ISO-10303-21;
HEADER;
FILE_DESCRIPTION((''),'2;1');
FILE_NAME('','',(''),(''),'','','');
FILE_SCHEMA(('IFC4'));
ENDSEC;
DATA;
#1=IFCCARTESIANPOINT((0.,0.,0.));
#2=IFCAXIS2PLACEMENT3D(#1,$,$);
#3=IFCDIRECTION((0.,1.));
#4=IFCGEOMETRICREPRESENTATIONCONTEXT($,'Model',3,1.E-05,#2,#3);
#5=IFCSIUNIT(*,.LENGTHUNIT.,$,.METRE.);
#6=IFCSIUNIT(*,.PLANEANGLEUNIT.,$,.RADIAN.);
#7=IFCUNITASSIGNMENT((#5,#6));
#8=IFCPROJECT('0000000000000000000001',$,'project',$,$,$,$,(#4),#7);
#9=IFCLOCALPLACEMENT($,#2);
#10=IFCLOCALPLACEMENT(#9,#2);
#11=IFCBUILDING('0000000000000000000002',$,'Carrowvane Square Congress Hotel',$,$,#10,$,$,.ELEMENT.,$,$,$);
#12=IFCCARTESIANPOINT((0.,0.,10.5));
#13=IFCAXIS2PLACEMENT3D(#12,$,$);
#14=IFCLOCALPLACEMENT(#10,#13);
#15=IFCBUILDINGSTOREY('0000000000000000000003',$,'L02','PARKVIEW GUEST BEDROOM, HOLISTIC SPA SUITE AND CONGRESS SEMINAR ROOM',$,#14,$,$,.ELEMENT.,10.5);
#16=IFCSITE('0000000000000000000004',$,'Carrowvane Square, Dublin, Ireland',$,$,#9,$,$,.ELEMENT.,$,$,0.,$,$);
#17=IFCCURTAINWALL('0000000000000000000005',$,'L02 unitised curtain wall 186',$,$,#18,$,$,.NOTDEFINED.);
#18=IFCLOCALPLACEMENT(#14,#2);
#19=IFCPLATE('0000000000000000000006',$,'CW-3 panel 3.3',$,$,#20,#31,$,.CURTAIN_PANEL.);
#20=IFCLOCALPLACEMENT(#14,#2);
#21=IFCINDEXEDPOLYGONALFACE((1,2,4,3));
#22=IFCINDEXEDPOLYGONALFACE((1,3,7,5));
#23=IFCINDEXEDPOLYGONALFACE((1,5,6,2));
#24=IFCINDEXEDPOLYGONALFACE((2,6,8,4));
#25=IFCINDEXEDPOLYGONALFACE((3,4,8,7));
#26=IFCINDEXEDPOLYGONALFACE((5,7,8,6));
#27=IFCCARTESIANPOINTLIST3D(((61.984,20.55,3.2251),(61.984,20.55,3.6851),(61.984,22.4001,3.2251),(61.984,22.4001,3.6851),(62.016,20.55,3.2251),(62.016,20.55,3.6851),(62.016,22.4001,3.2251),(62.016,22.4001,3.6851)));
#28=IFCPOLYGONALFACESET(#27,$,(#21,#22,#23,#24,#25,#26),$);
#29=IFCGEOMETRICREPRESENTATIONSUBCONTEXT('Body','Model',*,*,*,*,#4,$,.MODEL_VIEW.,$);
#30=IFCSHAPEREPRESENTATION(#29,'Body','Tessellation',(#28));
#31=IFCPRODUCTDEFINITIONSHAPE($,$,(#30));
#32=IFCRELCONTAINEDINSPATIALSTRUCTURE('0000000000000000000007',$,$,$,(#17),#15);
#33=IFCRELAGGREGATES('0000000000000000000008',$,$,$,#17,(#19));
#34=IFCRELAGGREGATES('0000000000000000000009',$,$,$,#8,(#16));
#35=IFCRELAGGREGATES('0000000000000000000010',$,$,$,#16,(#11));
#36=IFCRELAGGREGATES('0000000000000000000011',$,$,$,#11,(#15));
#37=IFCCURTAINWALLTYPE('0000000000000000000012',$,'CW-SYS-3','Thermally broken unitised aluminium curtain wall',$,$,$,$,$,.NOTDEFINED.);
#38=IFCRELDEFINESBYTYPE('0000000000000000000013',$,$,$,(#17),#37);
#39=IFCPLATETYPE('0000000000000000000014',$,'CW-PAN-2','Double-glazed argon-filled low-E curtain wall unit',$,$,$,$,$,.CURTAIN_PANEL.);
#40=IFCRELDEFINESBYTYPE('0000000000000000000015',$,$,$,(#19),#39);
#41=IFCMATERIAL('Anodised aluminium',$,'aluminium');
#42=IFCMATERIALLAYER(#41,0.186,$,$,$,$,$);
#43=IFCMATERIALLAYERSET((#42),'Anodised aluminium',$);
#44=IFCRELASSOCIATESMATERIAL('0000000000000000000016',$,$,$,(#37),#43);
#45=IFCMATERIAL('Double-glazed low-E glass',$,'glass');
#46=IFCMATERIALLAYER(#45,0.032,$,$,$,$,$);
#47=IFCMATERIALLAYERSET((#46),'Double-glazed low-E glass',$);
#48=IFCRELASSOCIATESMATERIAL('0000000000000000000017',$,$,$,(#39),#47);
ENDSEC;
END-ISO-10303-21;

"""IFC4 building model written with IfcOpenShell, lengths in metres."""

from ifc_helpers import new_model, si_unit, direction, frame, origin, origin_2d, place, context, subcontext, project, spatial, rectangle, extrude, material, layer, layer_set, type_object, element, aggregate, save


model = new_model("IFC4")

# Units and contexts
model_context = context("Model", 3, precision=1e-05, world=origin(), true_north=direction((0.0, 1.0)))
body_context = subcontext(model_context, "Body", "Model", "MODEL_VIEW")
ifc_project = project(units=[si_unit("LENGTHUNIT", "METRE"), si_unit("PLANEANGLEUNIT", "RADIAN")], contexts=[model_context])

# Site, building, storey
site_placement = place(None, origin())
site = spatial("IfcSite", under=ifc_project, at=site_placement, Name="Carrowvane Square, Dublin, Ireland", CompositionType="ELEMENT", RefElevation=0.0)
building_placement = place(site_placement, origin())
building = spatial("IfcBuilding", under=site, at=building_placement, Name="Carrowvane Square Congress Hotel", CompositionType="ELEMENT")
storey_placement = place(building_placement, frame((0.0, 0.0, 10.5)))
storey = spatial("IfcBuildingStorey", under=building, at=storey_placement, Name="L02", Description="PARKVIEW GUEST BEDROOM, HOLISTIC SPA SUITE AND CONGRESS SEMINAR ROOM", CompositionType="ELEMENT", Elevation=10.5)

# Curtain wall, plate
ifc_material_1 = material(Name="Anodised aluminium", Category="aluminium")
ifc_layer_1 = layer(ifc_material_1, 0.186)
ifc_layer_set_1 = layer_set([ifc_layer_1], Name="Anodised aluminium")
curtain_wall_type = type_object("IfcCurtainWallType", Name="CW-SYS-3", Description="Thermally broken unitised aluminium curtain wall", PredefinedType="NOTDEFINED", material=ifc_layer_set_1)
curtain_wall_placement = place(storey_placement, origin())
curtain_wall = element("IfcCurtainWall", 1, at=curtain_wall_placement, inside=storey, type_object=curtain_wall_type, Name="L02 unitised curtain wall 186", PredefinedType="NOTDEFINED")
ifc_material_2 = material(Name="Double-glazed low-E glass", Category="glass")
ifc_layer_2 = layer(ifc_material_2, 0.032)
ifc_layer_set_2 = layer_set([ifc_layer_2], Name="Double-glazed low-E glass")
plate_type = type_object("IfcPlateType", Name="CW-PAN-2", Description="Double-glazed argon-filled low-E curtain wall unit", PredefinedType="CURTAIN_PANEL", material=ifc_layer_set_2)
plate_1_placement = place(storey_placement, frame((62.0, 21.4751, 3.2251), z_axis=(0.0, 0.0, 1.0), x_axis=(0.0, -1.0, 0.0)))
plate_1 = element("IfcPlate", 2, at=plate_1_placement, type_object=plate_type, Name="CW-3 panel 3.3", PredefinedType="CURTAIN_PANEL", context=body_context, shape_type="SweptSolid", body=[
    extrude(rectangle(XDim=1.8501, YDim=0.032, at=origin_2d()), origin(), (0.0, 0.0, 1.0), 0.46),
])
aggregate(curtain_wall, [plate_1])

save(model, "model.ifc")
